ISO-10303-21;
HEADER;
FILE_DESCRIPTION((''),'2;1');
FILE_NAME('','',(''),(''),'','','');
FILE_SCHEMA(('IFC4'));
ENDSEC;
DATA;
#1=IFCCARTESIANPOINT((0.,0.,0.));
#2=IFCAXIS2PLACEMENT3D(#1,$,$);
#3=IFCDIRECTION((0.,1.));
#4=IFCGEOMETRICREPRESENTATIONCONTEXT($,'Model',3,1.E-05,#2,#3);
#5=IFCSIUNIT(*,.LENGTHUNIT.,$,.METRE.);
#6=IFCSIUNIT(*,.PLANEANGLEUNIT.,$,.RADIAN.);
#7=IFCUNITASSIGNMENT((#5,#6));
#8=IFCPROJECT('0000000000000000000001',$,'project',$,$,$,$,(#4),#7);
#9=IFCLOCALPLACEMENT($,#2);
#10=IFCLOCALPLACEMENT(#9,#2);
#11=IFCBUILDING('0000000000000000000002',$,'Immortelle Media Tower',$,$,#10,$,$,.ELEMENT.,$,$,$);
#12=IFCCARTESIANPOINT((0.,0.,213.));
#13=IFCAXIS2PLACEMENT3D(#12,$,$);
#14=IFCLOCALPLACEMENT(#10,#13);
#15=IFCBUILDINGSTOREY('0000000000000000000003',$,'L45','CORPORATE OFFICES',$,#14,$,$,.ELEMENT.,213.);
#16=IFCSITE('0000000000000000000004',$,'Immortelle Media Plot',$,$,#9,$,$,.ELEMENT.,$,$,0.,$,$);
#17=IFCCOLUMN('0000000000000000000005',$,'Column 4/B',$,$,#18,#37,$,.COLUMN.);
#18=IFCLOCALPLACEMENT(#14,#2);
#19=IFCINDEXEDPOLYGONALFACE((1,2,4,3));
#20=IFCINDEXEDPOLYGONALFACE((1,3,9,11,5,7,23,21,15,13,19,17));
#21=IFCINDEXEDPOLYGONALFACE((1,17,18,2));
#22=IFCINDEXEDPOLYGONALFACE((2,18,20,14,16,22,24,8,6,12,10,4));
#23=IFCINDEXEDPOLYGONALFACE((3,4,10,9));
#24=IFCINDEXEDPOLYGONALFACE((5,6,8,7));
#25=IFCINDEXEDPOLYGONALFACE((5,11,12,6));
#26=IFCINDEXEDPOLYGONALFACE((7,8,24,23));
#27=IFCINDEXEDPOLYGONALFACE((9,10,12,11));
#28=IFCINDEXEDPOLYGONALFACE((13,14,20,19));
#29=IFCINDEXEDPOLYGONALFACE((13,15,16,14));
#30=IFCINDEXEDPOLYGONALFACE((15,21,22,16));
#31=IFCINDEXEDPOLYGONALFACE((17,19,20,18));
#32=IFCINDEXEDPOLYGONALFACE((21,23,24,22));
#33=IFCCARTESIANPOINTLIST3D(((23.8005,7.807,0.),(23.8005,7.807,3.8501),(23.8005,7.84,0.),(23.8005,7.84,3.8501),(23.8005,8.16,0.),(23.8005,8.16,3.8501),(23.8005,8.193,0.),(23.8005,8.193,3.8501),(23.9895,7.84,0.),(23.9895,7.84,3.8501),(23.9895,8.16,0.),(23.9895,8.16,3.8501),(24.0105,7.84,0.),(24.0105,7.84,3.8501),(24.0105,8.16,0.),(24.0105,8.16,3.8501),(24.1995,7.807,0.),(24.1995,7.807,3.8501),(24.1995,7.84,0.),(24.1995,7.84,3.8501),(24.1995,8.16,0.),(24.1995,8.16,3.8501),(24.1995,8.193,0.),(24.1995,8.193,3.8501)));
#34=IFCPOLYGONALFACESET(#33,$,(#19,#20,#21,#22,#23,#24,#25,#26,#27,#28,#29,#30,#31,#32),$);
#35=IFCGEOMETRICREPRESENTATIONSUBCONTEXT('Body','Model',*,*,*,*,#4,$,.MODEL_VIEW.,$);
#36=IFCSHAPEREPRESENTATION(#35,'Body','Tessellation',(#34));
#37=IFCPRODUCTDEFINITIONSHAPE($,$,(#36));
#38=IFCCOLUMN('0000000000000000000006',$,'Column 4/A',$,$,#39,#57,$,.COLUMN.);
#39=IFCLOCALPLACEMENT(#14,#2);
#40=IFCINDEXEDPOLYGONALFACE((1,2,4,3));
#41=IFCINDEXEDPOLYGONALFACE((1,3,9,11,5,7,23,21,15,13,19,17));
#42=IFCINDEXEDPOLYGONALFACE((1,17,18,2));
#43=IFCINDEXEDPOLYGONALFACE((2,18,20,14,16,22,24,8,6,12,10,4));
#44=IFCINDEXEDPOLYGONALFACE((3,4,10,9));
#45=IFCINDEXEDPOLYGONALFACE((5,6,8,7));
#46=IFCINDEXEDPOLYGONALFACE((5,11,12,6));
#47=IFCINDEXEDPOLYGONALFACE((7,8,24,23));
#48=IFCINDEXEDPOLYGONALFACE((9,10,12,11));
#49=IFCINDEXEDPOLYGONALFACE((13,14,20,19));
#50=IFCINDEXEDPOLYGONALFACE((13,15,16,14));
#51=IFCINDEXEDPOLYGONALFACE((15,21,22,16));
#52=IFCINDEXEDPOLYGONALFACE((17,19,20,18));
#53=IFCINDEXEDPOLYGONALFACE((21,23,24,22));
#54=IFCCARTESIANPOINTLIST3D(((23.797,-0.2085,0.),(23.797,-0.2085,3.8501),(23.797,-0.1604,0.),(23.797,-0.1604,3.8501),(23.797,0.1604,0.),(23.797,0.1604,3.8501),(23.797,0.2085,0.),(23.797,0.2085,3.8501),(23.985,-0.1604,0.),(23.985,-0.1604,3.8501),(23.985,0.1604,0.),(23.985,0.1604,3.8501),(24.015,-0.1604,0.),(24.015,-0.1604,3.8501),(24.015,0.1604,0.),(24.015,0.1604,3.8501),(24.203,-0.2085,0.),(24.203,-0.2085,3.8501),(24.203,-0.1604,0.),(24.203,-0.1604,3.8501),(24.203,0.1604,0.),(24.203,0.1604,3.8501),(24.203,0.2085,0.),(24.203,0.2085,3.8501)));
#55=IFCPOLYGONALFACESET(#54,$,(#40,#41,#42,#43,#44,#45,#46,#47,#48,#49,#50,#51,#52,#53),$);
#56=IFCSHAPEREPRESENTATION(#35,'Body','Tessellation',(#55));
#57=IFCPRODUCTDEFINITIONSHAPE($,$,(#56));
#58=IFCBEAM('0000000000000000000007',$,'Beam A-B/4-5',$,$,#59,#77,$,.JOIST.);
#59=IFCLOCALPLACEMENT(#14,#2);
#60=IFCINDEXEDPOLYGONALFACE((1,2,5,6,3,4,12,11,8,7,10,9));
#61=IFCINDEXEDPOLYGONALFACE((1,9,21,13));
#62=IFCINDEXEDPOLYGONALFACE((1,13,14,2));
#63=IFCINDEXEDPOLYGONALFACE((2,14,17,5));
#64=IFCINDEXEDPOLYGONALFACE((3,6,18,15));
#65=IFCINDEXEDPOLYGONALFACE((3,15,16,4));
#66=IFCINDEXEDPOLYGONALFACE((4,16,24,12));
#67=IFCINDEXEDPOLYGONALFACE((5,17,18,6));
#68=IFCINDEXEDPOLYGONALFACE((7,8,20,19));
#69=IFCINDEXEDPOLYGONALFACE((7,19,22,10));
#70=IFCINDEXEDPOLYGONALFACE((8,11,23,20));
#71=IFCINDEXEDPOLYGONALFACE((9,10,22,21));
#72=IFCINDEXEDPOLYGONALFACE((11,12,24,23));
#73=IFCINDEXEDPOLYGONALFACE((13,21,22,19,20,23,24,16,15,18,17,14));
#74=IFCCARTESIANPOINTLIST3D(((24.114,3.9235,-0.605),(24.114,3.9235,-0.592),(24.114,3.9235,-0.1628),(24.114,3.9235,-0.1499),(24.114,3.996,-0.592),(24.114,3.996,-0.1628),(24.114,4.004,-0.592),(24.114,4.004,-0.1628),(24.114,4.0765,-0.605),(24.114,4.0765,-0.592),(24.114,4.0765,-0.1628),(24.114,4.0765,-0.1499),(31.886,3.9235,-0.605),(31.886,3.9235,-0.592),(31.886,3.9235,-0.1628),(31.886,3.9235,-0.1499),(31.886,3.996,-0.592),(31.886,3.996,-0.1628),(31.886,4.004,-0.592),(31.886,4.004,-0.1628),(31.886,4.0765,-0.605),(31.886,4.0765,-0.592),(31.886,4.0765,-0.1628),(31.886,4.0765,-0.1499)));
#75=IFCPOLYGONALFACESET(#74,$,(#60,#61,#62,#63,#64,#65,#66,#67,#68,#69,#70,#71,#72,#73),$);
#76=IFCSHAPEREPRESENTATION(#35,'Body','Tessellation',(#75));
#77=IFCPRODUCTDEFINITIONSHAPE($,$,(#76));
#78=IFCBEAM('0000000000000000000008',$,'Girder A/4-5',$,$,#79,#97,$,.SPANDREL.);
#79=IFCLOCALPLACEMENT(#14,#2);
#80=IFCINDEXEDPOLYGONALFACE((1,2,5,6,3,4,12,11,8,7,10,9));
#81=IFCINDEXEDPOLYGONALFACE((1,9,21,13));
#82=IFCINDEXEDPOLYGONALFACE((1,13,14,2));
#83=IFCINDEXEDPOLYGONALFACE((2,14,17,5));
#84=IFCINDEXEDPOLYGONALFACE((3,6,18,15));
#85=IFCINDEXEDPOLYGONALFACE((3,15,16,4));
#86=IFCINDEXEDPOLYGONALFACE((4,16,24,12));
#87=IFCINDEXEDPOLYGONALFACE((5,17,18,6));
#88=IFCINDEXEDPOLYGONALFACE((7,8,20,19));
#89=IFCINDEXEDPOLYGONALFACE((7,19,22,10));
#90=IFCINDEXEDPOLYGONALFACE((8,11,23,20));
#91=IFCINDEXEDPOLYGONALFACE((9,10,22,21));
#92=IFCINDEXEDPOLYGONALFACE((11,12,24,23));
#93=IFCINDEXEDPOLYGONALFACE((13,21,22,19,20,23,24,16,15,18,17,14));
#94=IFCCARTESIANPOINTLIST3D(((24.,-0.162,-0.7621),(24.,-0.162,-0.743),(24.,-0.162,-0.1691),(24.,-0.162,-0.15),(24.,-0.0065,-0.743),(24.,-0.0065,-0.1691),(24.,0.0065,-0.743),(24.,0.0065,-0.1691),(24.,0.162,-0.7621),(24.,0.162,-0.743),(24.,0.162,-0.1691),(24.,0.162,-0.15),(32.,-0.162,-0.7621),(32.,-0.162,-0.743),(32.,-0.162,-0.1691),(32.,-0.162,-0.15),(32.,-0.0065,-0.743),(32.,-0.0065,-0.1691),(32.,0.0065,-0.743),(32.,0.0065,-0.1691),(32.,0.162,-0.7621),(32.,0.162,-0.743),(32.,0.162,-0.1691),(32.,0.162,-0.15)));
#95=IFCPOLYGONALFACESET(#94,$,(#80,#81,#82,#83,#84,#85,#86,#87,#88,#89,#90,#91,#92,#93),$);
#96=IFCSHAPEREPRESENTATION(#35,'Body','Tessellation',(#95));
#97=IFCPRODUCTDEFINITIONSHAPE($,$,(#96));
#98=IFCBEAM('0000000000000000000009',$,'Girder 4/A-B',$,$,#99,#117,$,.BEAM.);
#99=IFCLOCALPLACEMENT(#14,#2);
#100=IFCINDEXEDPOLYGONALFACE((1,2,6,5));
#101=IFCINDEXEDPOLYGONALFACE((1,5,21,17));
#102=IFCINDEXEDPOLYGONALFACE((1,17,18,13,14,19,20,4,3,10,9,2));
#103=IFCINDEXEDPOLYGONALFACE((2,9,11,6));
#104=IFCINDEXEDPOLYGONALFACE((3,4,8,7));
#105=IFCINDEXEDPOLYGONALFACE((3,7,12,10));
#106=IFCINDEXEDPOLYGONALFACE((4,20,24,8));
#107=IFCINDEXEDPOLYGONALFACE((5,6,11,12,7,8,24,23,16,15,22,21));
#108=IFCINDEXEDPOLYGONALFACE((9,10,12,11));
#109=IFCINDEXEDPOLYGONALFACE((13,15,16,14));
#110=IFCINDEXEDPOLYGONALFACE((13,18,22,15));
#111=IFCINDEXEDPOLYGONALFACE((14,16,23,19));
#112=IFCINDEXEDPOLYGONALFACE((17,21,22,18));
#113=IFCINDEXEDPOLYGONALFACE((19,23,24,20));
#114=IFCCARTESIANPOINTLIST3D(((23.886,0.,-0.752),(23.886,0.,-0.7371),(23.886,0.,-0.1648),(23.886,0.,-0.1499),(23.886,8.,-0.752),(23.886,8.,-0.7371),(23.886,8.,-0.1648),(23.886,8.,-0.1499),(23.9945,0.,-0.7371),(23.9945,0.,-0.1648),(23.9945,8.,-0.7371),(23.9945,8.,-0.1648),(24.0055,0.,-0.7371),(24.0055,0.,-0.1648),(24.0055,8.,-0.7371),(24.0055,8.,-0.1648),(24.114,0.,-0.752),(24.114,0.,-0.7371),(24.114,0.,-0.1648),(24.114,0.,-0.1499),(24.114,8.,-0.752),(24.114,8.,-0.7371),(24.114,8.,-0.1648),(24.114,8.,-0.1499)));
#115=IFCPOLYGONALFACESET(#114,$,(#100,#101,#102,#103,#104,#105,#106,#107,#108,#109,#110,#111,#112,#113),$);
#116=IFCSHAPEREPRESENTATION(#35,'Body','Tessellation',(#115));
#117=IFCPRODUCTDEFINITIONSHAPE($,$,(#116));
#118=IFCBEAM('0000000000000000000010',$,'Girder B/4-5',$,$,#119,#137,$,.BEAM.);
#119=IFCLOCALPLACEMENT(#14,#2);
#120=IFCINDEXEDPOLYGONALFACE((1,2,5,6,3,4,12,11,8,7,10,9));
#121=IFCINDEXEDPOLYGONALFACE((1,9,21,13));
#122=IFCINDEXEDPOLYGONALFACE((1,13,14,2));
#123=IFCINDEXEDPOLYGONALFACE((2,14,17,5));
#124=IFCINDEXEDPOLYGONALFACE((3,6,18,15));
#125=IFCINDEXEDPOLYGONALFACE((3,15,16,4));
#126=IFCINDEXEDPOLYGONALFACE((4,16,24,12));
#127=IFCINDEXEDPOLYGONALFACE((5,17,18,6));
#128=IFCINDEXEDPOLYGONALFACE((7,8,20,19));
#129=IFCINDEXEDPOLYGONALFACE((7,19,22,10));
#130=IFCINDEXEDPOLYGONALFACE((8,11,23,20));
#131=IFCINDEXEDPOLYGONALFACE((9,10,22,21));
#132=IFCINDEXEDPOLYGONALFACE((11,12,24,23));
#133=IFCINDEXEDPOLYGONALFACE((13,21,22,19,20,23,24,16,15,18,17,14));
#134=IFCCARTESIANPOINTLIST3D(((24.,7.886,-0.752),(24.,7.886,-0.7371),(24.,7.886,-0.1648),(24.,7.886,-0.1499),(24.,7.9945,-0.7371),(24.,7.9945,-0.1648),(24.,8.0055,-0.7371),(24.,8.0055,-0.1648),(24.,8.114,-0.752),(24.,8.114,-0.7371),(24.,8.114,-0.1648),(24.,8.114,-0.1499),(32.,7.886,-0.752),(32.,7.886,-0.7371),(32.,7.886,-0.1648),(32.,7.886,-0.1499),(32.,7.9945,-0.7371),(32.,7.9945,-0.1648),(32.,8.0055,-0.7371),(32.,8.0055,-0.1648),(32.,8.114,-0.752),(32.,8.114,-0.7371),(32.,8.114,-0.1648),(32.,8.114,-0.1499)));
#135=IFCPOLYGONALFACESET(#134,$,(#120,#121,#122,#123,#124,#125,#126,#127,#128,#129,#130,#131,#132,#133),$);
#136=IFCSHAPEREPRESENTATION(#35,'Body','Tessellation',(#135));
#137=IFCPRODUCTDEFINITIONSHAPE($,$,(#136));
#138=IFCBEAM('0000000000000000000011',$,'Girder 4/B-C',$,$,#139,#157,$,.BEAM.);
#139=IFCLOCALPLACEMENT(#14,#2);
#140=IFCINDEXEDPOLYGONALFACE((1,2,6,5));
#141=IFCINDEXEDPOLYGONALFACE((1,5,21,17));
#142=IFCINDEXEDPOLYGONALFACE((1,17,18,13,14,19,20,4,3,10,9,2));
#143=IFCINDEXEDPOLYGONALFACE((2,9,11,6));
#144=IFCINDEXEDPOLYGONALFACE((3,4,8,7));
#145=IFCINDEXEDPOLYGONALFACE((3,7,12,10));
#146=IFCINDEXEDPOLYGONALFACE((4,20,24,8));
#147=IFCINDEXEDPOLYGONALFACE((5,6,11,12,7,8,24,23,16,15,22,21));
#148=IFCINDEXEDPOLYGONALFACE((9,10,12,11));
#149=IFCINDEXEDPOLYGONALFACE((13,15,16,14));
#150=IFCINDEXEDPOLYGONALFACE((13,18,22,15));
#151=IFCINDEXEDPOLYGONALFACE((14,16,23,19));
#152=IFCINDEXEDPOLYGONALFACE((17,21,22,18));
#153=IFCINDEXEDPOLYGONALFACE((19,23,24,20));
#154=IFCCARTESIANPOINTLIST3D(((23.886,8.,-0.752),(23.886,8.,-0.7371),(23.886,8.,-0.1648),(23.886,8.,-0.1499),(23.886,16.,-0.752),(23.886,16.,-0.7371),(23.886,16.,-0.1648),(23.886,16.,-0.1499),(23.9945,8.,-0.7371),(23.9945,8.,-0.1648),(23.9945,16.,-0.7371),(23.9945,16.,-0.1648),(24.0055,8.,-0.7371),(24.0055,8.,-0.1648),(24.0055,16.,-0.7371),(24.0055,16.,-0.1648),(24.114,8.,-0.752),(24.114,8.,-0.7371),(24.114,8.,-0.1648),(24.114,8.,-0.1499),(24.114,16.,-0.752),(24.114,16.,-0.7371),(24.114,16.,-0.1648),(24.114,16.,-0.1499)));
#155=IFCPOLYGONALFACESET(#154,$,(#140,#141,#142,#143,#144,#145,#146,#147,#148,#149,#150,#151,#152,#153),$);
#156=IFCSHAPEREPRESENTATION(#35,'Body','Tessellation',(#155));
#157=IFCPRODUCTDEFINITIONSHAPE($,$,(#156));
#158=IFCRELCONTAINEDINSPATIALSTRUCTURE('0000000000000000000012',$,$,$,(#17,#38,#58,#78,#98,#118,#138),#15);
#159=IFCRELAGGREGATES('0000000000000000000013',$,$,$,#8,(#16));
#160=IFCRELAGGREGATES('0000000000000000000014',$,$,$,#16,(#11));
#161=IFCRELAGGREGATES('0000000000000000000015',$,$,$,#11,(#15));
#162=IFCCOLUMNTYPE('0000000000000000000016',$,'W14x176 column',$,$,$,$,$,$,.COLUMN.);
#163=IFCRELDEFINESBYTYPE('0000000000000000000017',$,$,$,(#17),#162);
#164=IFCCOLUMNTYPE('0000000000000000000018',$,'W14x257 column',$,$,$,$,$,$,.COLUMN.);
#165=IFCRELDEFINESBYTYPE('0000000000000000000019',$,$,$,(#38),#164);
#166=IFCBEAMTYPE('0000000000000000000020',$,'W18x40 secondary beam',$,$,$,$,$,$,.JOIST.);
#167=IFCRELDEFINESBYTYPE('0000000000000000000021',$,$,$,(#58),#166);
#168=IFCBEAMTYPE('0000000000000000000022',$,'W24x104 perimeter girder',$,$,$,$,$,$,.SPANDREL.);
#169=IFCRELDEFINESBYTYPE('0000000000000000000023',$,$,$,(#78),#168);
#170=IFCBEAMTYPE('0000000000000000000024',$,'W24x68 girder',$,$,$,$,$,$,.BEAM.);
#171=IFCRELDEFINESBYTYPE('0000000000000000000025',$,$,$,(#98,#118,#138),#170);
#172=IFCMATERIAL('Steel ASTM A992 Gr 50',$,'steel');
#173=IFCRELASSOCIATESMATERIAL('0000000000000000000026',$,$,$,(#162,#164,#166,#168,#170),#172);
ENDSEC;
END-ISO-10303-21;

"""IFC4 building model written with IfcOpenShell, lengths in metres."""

from ifc_helpers import new_model, si_unit, direction, frame, origin, origin_2d, place, context, subcontext, project, spatial, i_section, extrude, material, material_profile, profile_set, type_object, element, save


model = new_model("IFC4")

# Units and contexts
model_context = context("Model", 3, precision=1e-05, world=origin(), true_north=direction((0.0, 1.0)))
body_context = subcontext(model_context, "Body", "Model", "MODEL_VIEW")
ifc_project = project(units=[si_unit("LENGTHUNIT", "METRE"), si_unit("PLANEANGLEUNIT", "RADIAN")], contexts=[model_context])

# Site, building, storey
site_placement = place(None, origin())
site = spatial("IfcSite", under=ifc_project, at=site_placement, Name="Immortelle Media Plot", CompositionType="ELEMENT", RefElevation=0.0)
building_placement = place(site_placement, origin())
building = spatial("IfcBuilding", under=site, at=building_placement, Name="Immortelle Media Tower", CompositionType="ELEMENT")
storey_placement = place(building_placement, frame((0.0, 0.0, 213.0)))
storey = spatial("IfcBuildingStorey", under=building, at=storey_placement, Name="L45", Description="CORPORATE OFFICES", CompositionType="ELEMENT", Elevation=213.0)

# Columns
ifc_material_1 = material(Name="Steel ASTM A992 Gr 50", Category="steel")
ifc_material_profile_1 = material_profile(ifc_material_1, i_section(OverallWidth=0.3989, OverallDepth=0.386, WebThickness=0.021, FlangeThickness=0.033, at=origin_2d()), Name="W14x176")
ifc_profile_set_1 = profile_set([ifc_material_profile_1], Name="Steel ASTM A992 Gr 50")
column_type_1 = type_object("IfcColumnType", Name="W14x176 column", PredefinedType="COLUMN", material=ifc_profile_set_1)
column_1_placement = place(storey_placement, frame((24.0, 8.0, 0.0), z_axis=(0.0, 0.0, 1.0), x_axis=(1.0, 0.0, 0.0)))
element("IfcColumn", 1, at=column_1_placement, inside=storey, type_object=column_type_1, Name="Column 4/B", PredefinedType="COLUMN", context=body_context, shape_type="SweptSolid", body=[
    extrude(i_section(OverallWidth=0.3989, OverallDepth=0.386, WebThickness=0.021, FlangeThickness=0.033, at=origin_2d()), origin(), (0.0, 0.0, 1.0), 3.8501),
])
ifc_material_profile_2 = material_profile(ifc_material_1, i_section(OverallWidth=0.406, OverallDepth=0.417, WebThickness=0.03, FlangeThickness=0.0481, at=origin_2d()), Name="W14x257")
ifc_profile_set_2 = profile_set([ifc_material_profile_2], Name="Steel ASTM A992 Gr 50")
column_type_2 = type_object("IfcColumnType", Name="W14x257 column", PredefinedType="COLUMN", material=ifc_profile_set_2)
column_2_placement = place(storey_placement, frame((24.0, 0.0, 0.0), z_axis=(0.0, 0.0, 1.0), x_axis=(1.0, 0.0, 0.0)))
element("IfcColumn", 2, at=column_2_placement, inside=storey, type_object=column_type_2, Name="Column 4/A", PredefinedType="COLUMN", context=body_context, shape_type="SweptSolid", body=[
    extrude(i_section(OverallWidth=0.406, OverallDepth=0.417, WebThickness=0.03, FlangeThickness=0.0481, at=origin_2d()), origin(), (0.0, 0.0, 1.0), 3.8501),
])

# Beams
ifc_material_profile_3 = material_profile(ifc_material_1, i_section(OverallWidth=0.1531, OverallDepth=0.4551, WebThickness=0.0081, FlangeThickness=0.0129, at=origin_2d()), Name="W18x40")
ifc_profile_set_3 = profile_set([ifc_material_profile_3], Name="Steel ASTM A992 Gr 50")
beam_type_1 = type_object("IfcBeamType", Name="W18x40 secondary beam", PredefinedType="JOIST", material=ifc_profile_set_3)
beam_1_placement = place(storey_placement, frame((24.114, 4.0, -0.3774), z_axis=(1.0, 0.0, 0.0), x_axis=(0.0, 1.0, 0.0)))
element("IfcBeam", 3, at=beam_1_placement, inside=storey, type_object=beam_type_1, Name="Beam A-B/4-5", PredefinedType="JOIST", context=body_context, shape_type="SweptSolid", body=[
    extrude(i_section(OverallWidth=0.1531, OverallDepth=0.4551, WebThickness=0.0081, FlangeThickness=0.0129, at=origin_2d()), origin(), (0.0, 0.0, 1.0), 7.772),
])
ifc_material_profile_4 = material_profile(ifc_material_1, i_section(OverallWidth=0.324, OverallDepth=0.6121, WebThickness=0.0129, FlangeThickness=0.019, at=origin_2d()), Name="W24x104")
ifc_profile_set_4 = profile_set([ifc_material_profile_4], Name="Steel ASTM A992 Gr 50")
beam_type_2 = type_object("IfcBeamType", Name="W24x104 perimeter girder", PredefinedType="SPANDREL", material=ifc_profile_set_4)
beam_2_placement = place(storey_placement, frame((24.0, 0.0, -0.4561), z_axis=(1.0, 0.0, 0.0), x_axis=(0.0, 1.0, 0.0)))
element("IfcBeam", 4, at=beam_2_placement, inside=storey, type_object=beam_type_2, Name="Girder A/4-5", PredefinedType="SPANDREL", context=body_context, shape_type="SweptSolid", body=[
    extrude(i_section(OverallWidth=0.324, OverallDepth=0.6121, WebThickness=0.0129, FlangeThickness=0.019, at=origin_2d()), origin(), (0.0, 0.0, 1.0), 8.0),
])
ifc_material_profile_5 = material_profile(ifc_material_1, i_section(OverallWidth=0.228, OverallDepth=0.6021, WebThickness=0.011, FlangeThickness=0.0149, at=origin_2d()), Name="W24x68")
ifc_profile_set_5 = profile_set([ifc_material_profile_5], Name="Steel ASTM A992 Gr 50")
beam_type_3 = type_object("IfcBeamType", Name="W24x68 girder", PredefinedType="BEAM", material=ifc_profile_set_5)
for number, where, z_axis, x_axis, name in (
    (5, (24.0, 0.0, -0.4509), (0.0, 1.0, 0.0), (-1.0, 0.0, 0.0), "Girder 4/A-B"),
    (6, (24.0, 8.0, -0.4509), (1.0, 0.0, 0.0), (0.0, 1.0, 0.0), "Girder B/4-5"),
    (7, (24.0, 8.0, -0.4509), (0.0, 1.0, 0.0), (-1.0, 0.0, 0.0), "Girder 4/B-C"),
):
    element("IfcBeam", number, at=place(storey_placement, frame(where, z_axis=z_axis, x_axis=x_axis)), inside=storey, type_object=beam_type_3, Name=name, PredefinedType="BEAM", context=body_context, shape_type="SweptSolid", body=[
        extrude(i_section(OverallWidth=0.228, OverallDepth=0.6021, WebThickness=0.011, FlangeThickness=0.0149, at=origin_2d()), origin(), (0.0, 0.0, 1.0), 8.0),
    ])

save(model, "model.ifc")
